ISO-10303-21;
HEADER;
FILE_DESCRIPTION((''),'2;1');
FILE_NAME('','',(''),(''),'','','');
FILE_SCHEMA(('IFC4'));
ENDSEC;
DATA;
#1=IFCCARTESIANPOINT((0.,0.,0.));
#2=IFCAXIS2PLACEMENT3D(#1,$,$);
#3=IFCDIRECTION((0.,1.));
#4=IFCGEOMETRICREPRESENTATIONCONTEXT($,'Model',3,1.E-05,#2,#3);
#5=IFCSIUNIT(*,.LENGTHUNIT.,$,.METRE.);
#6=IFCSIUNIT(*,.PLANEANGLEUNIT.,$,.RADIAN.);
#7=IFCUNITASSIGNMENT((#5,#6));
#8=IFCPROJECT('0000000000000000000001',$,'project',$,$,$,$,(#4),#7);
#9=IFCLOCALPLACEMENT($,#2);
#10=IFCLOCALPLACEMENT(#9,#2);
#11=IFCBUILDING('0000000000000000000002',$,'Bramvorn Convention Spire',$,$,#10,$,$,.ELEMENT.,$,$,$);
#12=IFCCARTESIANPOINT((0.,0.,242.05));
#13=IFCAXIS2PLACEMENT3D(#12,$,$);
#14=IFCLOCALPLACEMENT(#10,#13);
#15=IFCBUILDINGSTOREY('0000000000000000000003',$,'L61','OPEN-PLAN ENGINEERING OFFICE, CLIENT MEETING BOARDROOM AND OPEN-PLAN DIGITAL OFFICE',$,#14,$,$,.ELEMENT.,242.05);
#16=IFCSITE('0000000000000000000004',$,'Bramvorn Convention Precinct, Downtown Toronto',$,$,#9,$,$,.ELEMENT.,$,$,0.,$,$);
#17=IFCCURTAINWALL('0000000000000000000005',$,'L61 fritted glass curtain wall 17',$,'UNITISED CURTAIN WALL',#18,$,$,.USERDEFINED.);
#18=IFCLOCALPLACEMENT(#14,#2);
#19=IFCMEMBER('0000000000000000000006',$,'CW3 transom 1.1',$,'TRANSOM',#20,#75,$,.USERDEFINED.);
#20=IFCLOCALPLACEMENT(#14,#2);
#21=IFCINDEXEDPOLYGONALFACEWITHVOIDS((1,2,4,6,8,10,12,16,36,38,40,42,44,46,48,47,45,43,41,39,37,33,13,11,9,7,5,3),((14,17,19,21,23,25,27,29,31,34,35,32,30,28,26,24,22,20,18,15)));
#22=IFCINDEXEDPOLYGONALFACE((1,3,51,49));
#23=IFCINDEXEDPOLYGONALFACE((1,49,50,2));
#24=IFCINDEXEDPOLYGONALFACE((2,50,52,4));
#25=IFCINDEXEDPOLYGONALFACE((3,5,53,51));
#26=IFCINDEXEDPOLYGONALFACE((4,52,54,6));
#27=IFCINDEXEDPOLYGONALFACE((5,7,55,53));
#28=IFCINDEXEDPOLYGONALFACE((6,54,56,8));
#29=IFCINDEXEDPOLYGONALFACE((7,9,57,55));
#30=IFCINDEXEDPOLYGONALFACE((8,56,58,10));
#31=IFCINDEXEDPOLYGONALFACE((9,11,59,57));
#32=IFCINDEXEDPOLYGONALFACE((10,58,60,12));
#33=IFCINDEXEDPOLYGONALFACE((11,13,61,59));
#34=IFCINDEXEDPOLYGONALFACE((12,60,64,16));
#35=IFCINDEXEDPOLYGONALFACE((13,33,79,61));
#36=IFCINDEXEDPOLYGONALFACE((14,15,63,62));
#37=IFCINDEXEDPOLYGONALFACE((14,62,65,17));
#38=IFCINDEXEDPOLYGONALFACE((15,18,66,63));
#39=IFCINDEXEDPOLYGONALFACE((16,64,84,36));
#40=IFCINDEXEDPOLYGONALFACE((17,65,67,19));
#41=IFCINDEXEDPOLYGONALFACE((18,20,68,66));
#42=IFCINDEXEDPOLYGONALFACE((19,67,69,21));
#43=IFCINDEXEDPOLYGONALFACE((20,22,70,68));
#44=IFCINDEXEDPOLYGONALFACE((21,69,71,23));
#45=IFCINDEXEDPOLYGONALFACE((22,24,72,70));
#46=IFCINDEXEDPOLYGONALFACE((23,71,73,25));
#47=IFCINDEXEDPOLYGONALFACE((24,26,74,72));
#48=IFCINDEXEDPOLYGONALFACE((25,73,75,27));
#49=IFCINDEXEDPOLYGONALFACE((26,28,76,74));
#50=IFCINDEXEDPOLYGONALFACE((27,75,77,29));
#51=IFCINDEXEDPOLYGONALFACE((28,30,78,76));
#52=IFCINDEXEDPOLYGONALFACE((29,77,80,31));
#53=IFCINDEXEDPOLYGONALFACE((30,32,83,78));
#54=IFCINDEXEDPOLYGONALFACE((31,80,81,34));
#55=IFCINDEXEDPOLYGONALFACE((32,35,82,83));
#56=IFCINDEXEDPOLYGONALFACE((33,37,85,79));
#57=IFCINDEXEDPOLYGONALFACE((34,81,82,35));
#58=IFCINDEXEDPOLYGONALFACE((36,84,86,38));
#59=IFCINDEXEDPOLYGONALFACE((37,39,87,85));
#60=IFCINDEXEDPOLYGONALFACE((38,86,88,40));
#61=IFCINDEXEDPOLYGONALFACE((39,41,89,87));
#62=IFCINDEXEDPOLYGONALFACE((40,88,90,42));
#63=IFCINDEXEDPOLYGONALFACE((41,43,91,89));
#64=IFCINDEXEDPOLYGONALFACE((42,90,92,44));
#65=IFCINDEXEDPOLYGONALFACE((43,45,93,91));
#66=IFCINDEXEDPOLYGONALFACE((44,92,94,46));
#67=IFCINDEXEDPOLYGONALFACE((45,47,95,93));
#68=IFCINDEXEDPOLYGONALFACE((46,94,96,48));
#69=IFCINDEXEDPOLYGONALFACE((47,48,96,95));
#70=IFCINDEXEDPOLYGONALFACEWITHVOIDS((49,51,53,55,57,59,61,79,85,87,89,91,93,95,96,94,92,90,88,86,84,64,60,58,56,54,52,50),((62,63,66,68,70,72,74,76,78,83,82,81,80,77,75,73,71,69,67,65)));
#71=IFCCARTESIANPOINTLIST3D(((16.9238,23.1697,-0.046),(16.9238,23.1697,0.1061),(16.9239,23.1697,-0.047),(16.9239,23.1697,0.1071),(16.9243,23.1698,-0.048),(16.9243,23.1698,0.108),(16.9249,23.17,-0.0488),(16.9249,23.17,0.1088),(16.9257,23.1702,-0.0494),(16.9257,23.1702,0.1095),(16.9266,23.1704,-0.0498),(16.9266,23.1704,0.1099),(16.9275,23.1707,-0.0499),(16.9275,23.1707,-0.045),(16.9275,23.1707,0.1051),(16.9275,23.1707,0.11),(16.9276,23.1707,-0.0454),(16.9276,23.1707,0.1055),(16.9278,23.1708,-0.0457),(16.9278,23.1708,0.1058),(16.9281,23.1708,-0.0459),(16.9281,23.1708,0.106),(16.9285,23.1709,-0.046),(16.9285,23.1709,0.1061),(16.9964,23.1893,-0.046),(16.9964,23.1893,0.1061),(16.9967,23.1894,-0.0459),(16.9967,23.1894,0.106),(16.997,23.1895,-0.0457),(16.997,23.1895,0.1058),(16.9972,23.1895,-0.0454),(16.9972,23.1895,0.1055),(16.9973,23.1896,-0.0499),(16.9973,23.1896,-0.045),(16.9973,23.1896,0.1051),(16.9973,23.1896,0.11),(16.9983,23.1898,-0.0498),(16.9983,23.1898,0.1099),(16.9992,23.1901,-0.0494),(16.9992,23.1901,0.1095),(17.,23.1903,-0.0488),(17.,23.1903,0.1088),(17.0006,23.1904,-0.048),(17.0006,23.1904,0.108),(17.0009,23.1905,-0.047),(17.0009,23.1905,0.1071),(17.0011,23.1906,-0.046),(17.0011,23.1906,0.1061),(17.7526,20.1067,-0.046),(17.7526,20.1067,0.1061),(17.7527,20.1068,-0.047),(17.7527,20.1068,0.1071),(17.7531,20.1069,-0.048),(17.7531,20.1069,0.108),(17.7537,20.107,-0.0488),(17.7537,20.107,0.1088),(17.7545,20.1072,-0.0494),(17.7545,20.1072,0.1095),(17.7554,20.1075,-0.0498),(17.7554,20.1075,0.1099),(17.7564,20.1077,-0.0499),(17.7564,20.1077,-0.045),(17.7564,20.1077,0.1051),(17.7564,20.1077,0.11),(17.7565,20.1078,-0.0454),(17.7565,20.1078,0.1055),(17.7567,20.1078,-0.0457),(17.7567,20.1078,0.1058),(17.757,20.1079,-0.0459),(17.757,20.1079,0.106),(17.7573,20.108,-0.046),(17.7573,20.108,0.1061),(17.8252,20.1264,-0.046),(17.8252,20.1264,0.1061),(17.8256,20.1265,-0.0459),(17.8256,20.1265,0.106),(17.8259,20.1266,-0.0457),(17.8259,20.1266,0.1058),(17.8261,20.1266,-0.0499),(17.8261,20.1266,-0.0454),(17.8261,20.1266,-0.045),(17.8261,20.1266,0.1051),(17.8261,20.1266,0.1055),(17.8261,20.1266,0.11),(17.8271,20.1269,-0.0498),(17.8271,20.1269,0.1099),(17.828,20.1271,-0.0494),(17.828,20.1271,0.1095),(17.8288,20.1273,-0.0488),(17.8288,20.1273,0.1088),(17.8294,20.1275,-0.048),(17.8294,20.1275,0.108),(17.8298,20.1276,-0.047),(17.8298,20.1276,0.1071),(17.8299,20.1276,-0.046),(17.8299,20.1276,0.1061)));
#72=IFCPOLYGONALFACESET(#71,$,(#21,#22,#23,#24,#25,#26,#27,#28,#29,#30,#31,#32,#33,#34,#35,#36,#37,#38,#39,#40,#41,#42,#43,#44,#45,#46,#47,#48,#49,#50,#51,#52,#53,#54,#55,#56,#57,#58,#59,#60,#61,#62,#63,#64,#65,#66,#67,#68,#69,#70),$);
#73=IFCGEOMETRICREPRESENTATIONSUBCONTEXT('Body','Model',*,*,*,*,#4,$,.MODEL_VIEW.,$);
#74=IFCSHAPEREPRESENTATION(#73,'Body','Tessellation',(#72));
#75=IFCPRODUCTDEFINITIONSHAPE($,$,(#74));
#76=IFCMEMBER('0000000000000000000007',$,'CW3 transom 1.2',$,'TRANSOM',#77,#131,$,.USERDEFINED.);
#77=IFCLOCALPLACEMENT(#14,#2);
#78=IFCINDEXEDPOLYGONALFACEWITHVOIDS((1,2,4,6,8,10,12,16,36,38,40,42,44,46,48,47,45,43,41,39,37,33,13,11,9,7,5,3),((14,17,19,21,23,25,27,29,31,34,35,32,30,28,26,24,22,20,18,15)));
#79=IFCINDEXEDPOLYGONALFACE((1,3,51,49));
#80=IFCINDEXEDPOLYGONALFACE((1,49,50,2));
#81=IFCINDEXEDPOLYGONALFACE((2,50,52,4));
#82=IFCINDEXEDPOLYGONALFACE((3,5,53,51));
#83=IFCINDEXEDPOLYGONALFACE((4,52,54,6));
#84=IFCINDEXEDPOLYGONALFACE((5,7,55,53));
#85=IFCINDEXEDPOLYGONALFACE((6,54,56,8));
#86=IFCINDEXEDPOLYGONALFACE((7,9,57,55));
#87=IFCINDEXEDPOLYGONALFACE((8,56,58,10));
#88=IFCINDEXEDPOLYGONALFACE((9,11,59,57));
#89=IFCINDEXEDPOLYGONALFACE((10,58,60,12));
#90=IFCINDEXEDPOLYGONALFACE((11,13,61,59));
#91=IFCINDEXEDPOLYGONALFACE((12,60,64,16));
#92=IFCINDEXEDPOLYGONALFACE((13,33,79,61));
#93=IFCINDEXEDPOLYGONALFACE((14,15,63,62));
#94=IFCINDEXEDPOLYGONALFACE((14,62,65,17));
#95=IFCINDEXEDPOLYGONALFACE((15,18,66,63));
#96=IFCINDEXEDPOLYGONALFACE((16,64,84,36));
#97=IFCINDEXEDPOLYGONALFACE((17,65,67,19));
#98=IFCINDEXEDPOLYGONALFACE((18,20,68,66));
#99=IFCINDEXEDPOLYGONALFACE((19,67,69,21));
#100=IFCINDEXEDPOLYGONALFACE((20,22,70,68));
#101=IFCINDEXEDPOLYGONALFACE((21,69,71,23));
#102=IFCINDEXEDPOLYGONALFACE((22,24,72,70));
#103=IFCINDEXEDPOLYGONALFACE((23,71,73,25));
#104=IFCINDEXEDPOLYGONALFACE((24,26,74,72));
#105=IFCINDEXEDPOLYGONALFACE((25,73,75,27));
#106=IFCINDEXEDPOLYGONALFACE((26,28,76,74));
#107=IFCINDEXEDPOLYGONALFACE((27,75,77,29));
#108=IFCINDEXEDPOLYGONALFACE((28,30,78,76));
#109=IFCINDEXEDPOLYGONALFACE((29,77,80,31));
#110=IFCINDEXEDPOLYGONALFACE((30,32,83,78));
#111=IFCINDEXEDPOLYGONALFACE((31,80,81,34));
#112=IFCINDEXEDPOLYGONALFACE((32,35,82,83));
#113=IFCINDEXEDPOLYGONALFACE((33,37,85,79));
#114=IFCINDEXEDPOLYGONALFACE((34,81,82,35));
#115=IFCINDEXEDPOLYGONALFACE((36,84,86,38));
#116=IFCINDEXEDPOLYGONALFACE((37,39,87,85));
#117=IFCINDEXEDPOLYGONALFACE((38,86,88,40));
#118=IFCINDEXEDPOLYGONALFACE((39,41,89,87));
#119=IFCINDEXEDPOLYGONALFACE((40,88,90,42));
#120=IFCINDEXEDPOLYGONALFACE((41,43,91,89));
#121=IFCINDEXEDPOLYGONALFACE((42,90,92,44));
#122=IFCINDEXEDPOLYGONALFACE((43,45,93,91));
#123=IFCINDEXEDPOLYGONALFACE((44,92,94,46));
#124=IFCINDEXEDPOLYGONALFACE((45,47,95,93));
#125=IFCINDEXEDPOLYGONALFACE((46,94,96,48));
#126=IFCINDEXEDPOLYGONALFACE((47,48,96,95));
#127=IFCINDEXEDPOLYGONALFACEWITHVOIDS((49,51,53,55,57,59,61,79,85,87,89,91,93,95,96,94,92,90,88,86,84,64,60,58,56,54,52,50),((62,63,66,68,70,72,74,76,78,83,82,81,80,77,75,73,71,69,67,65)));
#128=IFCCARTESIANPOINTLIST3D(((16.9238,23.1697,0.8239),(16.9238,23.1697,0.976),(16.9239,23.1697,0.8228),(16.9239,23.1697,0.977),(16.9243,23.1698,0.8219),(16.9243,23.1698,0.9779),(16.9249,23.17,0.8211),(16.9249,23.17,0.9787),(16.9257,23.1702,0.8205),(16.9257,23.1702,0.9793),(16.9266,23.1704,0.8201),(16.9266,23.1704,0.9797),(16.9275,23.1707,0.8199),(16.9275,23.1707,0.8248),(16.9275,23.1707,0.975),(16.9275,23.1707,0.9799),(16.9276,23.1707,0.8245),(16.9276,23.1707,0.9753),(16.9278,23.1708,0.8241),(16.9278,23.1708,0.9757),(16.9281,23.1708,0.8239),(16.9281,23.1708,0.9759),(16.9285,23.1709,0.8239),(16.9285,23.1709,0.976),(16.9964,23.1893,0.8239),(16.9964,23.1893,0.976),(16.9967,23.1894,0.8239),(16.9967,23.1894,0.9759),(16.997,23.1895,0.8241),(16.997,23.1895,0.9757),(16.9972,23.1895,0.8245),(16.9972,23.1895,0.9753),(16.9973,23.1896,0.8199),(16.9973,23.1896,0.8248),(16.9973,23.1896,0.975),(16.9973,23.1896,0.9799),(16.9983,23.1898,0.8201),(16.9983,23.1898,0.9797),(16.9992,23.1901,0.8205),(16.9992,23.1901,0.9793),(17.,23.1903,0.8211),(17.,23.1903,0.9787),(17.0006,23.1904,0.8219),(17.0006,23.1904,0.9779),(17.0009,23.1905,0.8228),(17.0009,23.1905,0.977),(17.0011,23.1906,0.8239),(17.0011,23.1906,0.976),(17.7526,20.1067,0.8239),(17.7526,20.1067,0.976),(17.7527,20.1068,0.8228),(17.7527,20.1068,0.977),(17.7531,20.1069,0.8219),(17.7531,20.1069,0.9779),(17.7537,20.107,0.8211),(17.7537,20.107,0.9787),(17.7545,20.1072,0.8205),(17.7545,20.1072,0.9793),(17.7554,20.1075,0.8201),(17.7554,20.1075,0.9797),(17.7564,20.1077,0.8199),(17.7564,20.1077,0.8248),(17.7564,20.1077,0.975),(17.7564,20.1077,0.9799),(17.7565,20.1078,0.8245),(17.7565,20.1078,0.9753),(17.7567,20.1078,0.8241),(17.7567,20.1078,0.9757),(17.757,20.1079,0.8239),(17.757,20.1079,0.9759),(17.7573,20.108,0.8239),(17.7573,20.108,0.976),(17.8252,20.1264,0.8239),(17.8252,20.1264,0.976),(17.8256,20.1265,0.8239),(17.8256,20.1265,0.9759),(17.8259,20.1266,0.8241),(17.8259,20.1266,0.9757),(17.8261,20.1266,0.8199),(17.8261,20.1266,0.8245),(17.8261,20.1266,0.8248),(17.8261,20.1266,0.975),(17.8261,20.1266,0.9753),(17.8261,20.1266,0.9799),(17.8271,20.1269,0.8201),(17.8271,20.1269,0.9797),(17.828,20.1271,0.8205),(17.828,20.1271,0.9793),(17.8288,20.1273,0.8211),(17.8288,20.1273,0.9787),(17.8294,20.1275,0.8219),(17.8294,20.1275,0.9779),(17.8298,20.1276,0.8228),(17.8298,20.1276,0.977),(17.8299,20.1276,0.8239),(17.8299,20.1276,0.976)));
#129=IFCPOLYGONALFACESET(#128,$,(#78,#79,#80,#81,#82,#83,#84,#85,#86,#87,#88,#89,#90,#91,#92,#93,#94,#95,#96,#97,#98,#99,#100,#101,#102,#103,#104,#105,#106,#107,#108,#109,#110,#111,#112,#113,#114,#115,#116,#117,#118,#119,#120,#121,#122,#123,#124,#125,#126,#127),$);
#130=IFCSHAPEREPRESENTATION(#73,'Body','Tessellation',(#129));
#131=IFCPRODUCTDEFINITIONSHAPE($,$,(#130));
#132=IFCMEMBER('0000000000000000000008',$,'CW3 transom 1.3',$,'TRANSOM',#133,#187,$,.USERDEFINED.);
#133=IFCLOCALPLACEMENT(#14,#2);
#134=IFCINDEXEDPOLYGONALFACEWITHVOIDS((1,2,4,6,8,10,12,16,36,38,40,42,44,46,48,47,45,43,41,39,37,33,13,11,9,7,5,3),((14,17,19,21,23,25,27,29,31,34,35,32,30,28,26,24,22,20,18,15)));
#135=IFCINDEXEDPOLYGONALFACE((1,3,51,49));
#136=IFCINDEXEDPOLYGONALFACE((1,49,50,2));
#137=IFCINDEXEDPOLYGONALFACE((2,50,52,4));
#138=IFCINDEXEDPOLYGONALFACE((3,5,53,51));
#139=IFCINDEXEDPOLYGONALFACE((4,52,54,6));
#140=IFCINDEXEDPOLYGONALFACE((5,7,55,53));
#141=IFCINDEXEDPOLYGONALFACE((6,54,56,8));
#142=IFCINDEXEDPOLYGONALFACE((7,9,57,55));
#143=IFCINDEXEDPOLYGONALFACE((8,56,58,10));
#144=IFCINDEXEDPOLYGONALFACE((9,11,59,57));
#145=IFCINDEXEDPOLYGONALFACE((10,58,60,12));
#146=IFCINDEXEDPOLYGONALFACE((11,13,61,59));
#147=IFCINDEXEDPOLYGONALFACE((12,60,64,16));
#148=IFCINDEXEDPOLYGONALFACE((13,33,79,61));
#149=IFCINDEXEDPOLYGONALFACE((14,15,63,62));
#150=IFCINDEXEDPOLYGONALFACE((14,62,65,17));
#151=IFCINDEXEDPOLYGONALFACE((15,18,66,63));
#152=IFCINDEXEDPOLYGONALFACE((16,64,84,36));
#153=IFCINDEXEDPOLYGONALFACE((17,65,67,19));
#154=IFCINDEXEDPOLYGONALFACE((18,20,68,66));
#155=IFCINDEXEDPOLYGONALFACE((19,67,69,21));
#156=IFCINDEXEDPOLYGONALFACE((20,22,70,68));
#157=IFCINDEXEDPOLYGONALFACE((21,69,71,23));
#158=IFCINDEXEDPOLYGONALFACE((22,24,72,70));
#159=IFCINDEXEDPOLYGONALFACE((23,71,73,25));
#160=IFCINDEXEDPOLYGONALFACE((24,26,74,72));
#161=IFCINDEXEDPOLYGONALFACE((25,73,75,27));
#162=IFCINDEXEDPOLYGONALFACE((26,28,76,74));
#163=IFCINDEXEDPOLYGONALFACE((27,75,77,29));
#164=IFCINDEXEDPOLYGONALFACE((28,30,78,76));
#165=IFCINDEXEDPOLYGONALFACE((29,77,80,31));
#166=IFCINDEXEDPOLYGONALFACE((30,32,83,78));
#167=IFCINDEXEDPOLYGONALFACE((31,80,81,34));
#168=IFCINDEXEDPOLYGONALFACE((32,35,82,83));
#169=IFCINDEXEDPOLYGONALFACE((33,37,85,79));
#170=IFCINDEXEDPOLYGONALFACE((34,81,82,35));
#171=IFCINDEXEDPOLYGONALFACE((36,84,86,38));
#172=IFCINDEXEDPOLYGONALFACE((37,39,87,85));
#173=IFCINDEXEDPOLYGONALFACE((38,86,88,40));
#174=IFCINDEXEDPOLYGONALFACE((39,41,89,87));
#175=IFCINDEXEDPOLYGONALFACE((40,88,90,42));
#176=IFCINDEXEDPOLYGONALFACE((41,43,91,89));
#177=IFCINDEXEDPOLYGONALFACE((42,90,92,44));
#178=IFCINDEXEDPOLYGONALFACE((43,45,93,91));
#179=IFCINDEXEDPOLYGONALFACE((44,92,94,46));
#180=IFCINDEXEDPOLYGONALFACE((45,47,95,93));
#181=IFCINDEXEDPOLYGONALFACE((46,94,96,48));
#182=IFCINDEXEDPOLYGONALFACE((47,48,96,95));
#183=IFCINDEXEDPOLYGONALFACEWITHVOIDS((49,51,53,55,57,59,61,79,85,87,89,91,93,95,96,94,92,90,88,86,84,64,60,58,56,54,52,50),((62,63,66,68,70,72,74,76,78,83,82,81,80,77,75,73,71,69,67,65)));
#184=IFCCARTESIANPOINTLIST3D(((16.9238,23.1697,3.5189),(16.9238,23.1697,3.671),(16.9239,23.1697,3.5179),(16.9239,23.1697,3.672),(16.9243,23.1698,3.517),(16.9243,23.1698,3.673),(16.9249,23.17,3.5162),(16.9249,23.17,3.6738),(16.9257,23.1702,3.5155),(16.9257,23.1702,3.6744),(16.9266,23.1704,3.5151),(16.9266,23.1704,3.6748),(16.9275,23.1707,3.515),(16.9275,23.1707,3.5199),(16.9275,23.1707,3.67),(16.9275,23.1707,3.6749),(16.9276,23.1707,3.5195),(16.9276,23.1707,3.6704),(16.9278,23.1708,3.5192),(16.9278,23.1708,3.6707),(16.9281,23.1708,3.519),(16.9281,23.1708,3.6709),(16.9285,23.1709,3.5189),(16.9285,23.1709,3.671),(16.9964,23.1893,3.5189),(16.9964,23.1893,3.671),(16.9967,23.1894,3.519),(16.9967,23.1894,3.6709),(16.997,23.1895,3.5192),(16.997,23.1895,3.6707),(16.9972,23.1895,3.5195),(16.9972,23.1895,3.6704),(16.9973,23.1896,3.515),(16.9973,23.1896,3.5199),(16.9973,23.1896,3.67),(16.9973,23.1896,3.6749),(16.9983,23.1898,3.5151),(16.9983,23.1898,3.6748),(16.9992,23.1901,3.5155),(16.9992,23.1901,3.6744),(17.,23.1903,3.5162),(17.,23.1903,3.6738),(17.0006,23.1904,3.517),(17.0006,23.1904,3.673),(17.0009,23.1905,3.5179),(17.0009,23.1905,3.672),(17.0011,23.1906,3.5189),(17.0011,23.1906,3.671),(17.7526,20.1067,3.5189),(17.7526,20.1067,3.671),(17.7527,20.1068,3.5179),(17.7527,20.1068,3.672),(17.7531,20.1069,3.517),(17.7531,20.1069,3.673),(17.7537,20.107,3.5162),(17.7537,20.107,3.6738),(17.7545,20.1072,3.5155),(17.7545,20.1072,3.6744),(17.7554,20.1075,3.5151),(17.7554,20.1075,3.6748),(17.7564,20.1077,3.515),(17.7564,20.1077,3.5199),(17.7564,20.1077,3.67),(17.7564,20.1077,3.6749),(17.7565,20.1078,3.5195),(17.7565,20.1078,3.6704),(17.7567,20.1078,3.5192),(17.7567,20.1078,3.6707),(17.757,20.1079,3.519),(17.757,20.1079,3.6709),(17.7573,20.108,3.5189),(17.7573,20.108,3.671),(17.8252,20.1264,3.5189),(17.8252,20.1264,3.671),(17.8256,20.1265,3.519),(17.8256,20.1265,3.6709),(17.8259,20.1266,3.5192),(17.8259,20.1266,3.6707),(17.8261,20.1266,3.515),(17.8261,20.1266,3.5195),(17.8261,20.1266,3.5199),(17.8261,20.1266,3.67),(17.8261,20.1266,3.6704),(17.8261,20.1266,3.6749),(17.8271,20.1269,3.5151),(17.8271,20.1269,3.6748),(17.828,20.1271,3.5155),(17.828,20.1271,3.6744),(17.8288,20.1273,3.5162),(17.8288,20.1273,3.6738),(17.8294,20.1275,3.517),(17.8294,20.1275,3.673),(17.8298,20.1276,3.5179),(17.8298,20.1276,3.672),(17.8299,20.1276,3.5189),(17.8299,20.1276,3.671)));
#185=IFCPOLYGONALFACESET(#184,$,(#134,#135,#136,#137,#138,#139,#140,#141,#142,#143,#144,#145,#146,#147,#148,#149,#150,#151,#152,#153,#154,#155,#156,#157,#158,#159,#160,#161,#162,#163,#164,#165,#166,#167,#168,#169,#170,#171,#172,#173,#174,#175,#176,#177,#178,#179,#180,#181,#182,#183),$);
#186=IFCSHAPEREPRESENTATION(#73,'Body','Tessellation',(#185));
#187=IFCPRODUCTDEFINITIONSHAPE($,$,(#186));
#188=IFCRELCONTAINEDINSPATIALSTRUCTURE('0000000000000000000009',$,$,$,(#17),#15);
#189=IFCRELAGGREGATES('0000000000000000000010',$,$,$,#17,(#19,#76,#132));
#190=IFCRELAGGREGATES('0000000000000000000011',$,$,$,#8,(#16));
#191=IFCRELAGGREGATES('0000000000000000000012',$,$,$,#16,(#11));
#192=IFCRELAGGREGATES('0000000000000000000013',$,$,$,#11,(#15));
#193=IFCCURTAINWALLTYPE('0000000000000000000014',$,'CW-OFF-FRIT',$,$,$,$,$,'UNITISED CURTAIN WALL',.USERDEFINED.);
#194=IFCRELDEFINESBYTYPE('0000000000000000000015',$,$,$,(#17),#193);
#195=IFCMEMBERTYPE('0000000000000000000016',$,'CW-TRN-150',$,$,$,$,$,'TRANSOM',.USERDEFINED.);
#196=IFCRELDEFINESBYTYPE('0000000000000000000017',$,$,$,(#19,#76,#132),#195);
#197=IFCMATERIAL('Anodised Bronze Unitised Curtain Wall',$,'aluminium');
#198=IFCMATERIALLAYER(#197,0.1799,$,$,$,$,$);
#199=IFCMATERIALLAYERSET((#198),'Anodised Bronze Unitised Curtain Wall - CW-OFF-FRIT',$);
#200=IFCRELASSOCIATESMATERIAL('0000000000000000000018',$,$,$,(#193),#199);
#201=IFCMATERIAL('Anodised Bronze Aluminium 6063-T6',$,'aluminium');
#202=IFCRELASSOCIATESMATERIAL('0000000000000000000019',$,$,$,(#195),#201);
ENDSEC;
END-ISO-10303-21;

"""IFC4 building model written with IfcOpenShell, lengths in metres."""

from ifc_helpers import new_model, si_unit, direction, frame, origin, origin_2d, place, context, subcontext, project, spatial, hollow_rectangle, extrude, material, layer, layer_set, material_profile, profile_set, type_object, element, aggregate, save


model = new_model("IFC4")

# Units and contexts
model_context = context("Model", 3, precision=1e-05, world=origin(), true_north=direction((0.0, 1.0)))
body_context = subcontext(model_context, "Body", "Model", "MODEL_VIEW")
ifc_project = project(units=[si_unit("LENGTHUNIT", "METRE"), si_unit("PLANEANGLEUNIT", "RADIAN")], contexts=[model_context])

# Site, building, storey
site_placement = place(None, origin())
site = spatial("IfcSite", under=ifc_project, at=site_placement, Name="Bramvorn Convention Precinct, Downtown Toronto", CompositionType="ELEMENT", RefElevation=0.0)
building_placement = place(site_placement, origin())
building = spatial("IfcBuilding", under=site, at=building_placement, Name="Bramvorn Convention Spire", CompositionType="ELEMENT")
storey_placement = place(building_placement, frame((0.0, 0.0, 242.05)))
storey = spatial("IfcBuildingStorey", under=building, at=storey_placement, Name="L61", Description="OPEN-PLAN ENGINEERING OFFICE, CLIENT MEETING BOARDROOM AND OPEN-PLAN DIGITAL OFFICE", CompositionType="ELEMENT", Elevation=242.05)

# Curtain wall, members
ifc_material_1 = material(Name="Anodised Bronze Unitised Curtain Wall", Category="aluminium")
ifc_layer_1 = layer(ifc_material_1, 0.1799)
ifc_layer_set_1 = layer_set([ifc_layer_1], Name="Anodised Bronze Unitised Curtain Wall - CW-OFF-FRIT")
curtain_wall_type = type_object("IfcCurtainWallType", Name="CW-OFF-FRIT", ElementType="UNITISED CURTAIN WALL", PredefinedType="USERDEFINED", material=ifc_layer_set_1)
curtain_wall_placement = place(storey_placement, origin())
curtain_wall = element("IfcCurtainWall", 1, at=curtain_wall_placement, inside=storey, type_object=curtain_wall_type, Name="L61 fritted glass curtain wall 17", ObjectType="UNITISED CURTAIN WALL", PredefinedType="USERDEFINED")
ifc_material_2 = material(Name="Anodised Bronze Aluminium 6063-T6", Category="aluminium")
ifc_material_profile_1 = material_profile(ifc_material_2, hollow_rectangle(XDim=0.0801, YDim=0.1599, WallThickness=0.0039, InnerFilletRadius=0.001, OuterFilletRadius=0.0039, at=origin_2d()))
ifc_profile_set_1 = profile_set([ifc_material_profile_1], Name="Anodised Bronze Aluminium 6063-T6 - CWT80X160")
member_type_1 = type_object("IfcMemberType", Name="CW-TRN-150", ElementType="TRANSOM", PredefinedType="USERDEFINED", material=ifc_profile_set_1)
member_1_placement = place(storey_placement, frame((17.7913, 20.1172, 0.03), z_axis=(-0.261209, 0.965282, 0.0), x_axis=(-0.965282, -0.261209, 0.0)))
member_1 = element("IfcMember", 2, at=member_1_placement, type_object=member_type_1, Name="CW3 transom 1.1", ObjectType="TRANSOM", PredefinedType="USERDEFINED", context=body_context, shape_type="SweptSolid", body=[
    extrude(hollow_rectangle(XDim=0.0801, YDim=0.1599, WallThickness=0.0039, InnerFilletRadius=0.001, OuterFilletRadius=0.0039, at=origin_2d()), origin(), (0.0, 0.0, 1.0), 3.1731),
])
member_2_placement = place(storey_placement, frame((17.7913, 20.1172, 0.8999), z_axis=(-0.261209, 0.965282, 0.0), x_axis=(-0.965282, -0.261209, 0.0)))
member_2 = element("IfcMember", 3, at=member_2_placement, type_object=member_type_1, Name="CW3 transom 1.2", ObjectType="TRANSOM", PredefinedType="USERDEFINED", context=body_context, shape_type="SweptSolid", body=[
    extrude(hollow_rectangle(XDim=0.0801, YDim=0.1599, WallThickness=0.0039, InnerFilletRadius=0.001, OuterFilletRadius=0.0039, at=origin_2d()), origin(), (0.0, 0.0, 1.0), 3.1731),
])
member_3_placement = place(storey_placement, frame((17.7913, 20.1172, 3.595), z_axis=(-0.261209, 0.965282, 0.0), x_axis=(-0.965282, -0.261209, 0.0)))
member_3 = element("IfcMember", 4, at=member_3_placement, type_object=member_type_1, Name="CW3 transom 1.3", ObjectType="TRANSOM", PredefinedType="USERDEFINED", context=body_context, shape_type="SweptSolid", body=[
    extrude(hollow_rectangle(XDim=0.0801, YDim=0.1599, WallThickness=0.0039, InnerFilletRadius=0.001, OuterFilletRadius=0.0039, at=origin_2d()), origin(), (0.0, 0.0, 1.0), 3.1731),
])

aggregate(curtain_wall, [member_1, member_2, member_3])

save(model, "model.ifc")
